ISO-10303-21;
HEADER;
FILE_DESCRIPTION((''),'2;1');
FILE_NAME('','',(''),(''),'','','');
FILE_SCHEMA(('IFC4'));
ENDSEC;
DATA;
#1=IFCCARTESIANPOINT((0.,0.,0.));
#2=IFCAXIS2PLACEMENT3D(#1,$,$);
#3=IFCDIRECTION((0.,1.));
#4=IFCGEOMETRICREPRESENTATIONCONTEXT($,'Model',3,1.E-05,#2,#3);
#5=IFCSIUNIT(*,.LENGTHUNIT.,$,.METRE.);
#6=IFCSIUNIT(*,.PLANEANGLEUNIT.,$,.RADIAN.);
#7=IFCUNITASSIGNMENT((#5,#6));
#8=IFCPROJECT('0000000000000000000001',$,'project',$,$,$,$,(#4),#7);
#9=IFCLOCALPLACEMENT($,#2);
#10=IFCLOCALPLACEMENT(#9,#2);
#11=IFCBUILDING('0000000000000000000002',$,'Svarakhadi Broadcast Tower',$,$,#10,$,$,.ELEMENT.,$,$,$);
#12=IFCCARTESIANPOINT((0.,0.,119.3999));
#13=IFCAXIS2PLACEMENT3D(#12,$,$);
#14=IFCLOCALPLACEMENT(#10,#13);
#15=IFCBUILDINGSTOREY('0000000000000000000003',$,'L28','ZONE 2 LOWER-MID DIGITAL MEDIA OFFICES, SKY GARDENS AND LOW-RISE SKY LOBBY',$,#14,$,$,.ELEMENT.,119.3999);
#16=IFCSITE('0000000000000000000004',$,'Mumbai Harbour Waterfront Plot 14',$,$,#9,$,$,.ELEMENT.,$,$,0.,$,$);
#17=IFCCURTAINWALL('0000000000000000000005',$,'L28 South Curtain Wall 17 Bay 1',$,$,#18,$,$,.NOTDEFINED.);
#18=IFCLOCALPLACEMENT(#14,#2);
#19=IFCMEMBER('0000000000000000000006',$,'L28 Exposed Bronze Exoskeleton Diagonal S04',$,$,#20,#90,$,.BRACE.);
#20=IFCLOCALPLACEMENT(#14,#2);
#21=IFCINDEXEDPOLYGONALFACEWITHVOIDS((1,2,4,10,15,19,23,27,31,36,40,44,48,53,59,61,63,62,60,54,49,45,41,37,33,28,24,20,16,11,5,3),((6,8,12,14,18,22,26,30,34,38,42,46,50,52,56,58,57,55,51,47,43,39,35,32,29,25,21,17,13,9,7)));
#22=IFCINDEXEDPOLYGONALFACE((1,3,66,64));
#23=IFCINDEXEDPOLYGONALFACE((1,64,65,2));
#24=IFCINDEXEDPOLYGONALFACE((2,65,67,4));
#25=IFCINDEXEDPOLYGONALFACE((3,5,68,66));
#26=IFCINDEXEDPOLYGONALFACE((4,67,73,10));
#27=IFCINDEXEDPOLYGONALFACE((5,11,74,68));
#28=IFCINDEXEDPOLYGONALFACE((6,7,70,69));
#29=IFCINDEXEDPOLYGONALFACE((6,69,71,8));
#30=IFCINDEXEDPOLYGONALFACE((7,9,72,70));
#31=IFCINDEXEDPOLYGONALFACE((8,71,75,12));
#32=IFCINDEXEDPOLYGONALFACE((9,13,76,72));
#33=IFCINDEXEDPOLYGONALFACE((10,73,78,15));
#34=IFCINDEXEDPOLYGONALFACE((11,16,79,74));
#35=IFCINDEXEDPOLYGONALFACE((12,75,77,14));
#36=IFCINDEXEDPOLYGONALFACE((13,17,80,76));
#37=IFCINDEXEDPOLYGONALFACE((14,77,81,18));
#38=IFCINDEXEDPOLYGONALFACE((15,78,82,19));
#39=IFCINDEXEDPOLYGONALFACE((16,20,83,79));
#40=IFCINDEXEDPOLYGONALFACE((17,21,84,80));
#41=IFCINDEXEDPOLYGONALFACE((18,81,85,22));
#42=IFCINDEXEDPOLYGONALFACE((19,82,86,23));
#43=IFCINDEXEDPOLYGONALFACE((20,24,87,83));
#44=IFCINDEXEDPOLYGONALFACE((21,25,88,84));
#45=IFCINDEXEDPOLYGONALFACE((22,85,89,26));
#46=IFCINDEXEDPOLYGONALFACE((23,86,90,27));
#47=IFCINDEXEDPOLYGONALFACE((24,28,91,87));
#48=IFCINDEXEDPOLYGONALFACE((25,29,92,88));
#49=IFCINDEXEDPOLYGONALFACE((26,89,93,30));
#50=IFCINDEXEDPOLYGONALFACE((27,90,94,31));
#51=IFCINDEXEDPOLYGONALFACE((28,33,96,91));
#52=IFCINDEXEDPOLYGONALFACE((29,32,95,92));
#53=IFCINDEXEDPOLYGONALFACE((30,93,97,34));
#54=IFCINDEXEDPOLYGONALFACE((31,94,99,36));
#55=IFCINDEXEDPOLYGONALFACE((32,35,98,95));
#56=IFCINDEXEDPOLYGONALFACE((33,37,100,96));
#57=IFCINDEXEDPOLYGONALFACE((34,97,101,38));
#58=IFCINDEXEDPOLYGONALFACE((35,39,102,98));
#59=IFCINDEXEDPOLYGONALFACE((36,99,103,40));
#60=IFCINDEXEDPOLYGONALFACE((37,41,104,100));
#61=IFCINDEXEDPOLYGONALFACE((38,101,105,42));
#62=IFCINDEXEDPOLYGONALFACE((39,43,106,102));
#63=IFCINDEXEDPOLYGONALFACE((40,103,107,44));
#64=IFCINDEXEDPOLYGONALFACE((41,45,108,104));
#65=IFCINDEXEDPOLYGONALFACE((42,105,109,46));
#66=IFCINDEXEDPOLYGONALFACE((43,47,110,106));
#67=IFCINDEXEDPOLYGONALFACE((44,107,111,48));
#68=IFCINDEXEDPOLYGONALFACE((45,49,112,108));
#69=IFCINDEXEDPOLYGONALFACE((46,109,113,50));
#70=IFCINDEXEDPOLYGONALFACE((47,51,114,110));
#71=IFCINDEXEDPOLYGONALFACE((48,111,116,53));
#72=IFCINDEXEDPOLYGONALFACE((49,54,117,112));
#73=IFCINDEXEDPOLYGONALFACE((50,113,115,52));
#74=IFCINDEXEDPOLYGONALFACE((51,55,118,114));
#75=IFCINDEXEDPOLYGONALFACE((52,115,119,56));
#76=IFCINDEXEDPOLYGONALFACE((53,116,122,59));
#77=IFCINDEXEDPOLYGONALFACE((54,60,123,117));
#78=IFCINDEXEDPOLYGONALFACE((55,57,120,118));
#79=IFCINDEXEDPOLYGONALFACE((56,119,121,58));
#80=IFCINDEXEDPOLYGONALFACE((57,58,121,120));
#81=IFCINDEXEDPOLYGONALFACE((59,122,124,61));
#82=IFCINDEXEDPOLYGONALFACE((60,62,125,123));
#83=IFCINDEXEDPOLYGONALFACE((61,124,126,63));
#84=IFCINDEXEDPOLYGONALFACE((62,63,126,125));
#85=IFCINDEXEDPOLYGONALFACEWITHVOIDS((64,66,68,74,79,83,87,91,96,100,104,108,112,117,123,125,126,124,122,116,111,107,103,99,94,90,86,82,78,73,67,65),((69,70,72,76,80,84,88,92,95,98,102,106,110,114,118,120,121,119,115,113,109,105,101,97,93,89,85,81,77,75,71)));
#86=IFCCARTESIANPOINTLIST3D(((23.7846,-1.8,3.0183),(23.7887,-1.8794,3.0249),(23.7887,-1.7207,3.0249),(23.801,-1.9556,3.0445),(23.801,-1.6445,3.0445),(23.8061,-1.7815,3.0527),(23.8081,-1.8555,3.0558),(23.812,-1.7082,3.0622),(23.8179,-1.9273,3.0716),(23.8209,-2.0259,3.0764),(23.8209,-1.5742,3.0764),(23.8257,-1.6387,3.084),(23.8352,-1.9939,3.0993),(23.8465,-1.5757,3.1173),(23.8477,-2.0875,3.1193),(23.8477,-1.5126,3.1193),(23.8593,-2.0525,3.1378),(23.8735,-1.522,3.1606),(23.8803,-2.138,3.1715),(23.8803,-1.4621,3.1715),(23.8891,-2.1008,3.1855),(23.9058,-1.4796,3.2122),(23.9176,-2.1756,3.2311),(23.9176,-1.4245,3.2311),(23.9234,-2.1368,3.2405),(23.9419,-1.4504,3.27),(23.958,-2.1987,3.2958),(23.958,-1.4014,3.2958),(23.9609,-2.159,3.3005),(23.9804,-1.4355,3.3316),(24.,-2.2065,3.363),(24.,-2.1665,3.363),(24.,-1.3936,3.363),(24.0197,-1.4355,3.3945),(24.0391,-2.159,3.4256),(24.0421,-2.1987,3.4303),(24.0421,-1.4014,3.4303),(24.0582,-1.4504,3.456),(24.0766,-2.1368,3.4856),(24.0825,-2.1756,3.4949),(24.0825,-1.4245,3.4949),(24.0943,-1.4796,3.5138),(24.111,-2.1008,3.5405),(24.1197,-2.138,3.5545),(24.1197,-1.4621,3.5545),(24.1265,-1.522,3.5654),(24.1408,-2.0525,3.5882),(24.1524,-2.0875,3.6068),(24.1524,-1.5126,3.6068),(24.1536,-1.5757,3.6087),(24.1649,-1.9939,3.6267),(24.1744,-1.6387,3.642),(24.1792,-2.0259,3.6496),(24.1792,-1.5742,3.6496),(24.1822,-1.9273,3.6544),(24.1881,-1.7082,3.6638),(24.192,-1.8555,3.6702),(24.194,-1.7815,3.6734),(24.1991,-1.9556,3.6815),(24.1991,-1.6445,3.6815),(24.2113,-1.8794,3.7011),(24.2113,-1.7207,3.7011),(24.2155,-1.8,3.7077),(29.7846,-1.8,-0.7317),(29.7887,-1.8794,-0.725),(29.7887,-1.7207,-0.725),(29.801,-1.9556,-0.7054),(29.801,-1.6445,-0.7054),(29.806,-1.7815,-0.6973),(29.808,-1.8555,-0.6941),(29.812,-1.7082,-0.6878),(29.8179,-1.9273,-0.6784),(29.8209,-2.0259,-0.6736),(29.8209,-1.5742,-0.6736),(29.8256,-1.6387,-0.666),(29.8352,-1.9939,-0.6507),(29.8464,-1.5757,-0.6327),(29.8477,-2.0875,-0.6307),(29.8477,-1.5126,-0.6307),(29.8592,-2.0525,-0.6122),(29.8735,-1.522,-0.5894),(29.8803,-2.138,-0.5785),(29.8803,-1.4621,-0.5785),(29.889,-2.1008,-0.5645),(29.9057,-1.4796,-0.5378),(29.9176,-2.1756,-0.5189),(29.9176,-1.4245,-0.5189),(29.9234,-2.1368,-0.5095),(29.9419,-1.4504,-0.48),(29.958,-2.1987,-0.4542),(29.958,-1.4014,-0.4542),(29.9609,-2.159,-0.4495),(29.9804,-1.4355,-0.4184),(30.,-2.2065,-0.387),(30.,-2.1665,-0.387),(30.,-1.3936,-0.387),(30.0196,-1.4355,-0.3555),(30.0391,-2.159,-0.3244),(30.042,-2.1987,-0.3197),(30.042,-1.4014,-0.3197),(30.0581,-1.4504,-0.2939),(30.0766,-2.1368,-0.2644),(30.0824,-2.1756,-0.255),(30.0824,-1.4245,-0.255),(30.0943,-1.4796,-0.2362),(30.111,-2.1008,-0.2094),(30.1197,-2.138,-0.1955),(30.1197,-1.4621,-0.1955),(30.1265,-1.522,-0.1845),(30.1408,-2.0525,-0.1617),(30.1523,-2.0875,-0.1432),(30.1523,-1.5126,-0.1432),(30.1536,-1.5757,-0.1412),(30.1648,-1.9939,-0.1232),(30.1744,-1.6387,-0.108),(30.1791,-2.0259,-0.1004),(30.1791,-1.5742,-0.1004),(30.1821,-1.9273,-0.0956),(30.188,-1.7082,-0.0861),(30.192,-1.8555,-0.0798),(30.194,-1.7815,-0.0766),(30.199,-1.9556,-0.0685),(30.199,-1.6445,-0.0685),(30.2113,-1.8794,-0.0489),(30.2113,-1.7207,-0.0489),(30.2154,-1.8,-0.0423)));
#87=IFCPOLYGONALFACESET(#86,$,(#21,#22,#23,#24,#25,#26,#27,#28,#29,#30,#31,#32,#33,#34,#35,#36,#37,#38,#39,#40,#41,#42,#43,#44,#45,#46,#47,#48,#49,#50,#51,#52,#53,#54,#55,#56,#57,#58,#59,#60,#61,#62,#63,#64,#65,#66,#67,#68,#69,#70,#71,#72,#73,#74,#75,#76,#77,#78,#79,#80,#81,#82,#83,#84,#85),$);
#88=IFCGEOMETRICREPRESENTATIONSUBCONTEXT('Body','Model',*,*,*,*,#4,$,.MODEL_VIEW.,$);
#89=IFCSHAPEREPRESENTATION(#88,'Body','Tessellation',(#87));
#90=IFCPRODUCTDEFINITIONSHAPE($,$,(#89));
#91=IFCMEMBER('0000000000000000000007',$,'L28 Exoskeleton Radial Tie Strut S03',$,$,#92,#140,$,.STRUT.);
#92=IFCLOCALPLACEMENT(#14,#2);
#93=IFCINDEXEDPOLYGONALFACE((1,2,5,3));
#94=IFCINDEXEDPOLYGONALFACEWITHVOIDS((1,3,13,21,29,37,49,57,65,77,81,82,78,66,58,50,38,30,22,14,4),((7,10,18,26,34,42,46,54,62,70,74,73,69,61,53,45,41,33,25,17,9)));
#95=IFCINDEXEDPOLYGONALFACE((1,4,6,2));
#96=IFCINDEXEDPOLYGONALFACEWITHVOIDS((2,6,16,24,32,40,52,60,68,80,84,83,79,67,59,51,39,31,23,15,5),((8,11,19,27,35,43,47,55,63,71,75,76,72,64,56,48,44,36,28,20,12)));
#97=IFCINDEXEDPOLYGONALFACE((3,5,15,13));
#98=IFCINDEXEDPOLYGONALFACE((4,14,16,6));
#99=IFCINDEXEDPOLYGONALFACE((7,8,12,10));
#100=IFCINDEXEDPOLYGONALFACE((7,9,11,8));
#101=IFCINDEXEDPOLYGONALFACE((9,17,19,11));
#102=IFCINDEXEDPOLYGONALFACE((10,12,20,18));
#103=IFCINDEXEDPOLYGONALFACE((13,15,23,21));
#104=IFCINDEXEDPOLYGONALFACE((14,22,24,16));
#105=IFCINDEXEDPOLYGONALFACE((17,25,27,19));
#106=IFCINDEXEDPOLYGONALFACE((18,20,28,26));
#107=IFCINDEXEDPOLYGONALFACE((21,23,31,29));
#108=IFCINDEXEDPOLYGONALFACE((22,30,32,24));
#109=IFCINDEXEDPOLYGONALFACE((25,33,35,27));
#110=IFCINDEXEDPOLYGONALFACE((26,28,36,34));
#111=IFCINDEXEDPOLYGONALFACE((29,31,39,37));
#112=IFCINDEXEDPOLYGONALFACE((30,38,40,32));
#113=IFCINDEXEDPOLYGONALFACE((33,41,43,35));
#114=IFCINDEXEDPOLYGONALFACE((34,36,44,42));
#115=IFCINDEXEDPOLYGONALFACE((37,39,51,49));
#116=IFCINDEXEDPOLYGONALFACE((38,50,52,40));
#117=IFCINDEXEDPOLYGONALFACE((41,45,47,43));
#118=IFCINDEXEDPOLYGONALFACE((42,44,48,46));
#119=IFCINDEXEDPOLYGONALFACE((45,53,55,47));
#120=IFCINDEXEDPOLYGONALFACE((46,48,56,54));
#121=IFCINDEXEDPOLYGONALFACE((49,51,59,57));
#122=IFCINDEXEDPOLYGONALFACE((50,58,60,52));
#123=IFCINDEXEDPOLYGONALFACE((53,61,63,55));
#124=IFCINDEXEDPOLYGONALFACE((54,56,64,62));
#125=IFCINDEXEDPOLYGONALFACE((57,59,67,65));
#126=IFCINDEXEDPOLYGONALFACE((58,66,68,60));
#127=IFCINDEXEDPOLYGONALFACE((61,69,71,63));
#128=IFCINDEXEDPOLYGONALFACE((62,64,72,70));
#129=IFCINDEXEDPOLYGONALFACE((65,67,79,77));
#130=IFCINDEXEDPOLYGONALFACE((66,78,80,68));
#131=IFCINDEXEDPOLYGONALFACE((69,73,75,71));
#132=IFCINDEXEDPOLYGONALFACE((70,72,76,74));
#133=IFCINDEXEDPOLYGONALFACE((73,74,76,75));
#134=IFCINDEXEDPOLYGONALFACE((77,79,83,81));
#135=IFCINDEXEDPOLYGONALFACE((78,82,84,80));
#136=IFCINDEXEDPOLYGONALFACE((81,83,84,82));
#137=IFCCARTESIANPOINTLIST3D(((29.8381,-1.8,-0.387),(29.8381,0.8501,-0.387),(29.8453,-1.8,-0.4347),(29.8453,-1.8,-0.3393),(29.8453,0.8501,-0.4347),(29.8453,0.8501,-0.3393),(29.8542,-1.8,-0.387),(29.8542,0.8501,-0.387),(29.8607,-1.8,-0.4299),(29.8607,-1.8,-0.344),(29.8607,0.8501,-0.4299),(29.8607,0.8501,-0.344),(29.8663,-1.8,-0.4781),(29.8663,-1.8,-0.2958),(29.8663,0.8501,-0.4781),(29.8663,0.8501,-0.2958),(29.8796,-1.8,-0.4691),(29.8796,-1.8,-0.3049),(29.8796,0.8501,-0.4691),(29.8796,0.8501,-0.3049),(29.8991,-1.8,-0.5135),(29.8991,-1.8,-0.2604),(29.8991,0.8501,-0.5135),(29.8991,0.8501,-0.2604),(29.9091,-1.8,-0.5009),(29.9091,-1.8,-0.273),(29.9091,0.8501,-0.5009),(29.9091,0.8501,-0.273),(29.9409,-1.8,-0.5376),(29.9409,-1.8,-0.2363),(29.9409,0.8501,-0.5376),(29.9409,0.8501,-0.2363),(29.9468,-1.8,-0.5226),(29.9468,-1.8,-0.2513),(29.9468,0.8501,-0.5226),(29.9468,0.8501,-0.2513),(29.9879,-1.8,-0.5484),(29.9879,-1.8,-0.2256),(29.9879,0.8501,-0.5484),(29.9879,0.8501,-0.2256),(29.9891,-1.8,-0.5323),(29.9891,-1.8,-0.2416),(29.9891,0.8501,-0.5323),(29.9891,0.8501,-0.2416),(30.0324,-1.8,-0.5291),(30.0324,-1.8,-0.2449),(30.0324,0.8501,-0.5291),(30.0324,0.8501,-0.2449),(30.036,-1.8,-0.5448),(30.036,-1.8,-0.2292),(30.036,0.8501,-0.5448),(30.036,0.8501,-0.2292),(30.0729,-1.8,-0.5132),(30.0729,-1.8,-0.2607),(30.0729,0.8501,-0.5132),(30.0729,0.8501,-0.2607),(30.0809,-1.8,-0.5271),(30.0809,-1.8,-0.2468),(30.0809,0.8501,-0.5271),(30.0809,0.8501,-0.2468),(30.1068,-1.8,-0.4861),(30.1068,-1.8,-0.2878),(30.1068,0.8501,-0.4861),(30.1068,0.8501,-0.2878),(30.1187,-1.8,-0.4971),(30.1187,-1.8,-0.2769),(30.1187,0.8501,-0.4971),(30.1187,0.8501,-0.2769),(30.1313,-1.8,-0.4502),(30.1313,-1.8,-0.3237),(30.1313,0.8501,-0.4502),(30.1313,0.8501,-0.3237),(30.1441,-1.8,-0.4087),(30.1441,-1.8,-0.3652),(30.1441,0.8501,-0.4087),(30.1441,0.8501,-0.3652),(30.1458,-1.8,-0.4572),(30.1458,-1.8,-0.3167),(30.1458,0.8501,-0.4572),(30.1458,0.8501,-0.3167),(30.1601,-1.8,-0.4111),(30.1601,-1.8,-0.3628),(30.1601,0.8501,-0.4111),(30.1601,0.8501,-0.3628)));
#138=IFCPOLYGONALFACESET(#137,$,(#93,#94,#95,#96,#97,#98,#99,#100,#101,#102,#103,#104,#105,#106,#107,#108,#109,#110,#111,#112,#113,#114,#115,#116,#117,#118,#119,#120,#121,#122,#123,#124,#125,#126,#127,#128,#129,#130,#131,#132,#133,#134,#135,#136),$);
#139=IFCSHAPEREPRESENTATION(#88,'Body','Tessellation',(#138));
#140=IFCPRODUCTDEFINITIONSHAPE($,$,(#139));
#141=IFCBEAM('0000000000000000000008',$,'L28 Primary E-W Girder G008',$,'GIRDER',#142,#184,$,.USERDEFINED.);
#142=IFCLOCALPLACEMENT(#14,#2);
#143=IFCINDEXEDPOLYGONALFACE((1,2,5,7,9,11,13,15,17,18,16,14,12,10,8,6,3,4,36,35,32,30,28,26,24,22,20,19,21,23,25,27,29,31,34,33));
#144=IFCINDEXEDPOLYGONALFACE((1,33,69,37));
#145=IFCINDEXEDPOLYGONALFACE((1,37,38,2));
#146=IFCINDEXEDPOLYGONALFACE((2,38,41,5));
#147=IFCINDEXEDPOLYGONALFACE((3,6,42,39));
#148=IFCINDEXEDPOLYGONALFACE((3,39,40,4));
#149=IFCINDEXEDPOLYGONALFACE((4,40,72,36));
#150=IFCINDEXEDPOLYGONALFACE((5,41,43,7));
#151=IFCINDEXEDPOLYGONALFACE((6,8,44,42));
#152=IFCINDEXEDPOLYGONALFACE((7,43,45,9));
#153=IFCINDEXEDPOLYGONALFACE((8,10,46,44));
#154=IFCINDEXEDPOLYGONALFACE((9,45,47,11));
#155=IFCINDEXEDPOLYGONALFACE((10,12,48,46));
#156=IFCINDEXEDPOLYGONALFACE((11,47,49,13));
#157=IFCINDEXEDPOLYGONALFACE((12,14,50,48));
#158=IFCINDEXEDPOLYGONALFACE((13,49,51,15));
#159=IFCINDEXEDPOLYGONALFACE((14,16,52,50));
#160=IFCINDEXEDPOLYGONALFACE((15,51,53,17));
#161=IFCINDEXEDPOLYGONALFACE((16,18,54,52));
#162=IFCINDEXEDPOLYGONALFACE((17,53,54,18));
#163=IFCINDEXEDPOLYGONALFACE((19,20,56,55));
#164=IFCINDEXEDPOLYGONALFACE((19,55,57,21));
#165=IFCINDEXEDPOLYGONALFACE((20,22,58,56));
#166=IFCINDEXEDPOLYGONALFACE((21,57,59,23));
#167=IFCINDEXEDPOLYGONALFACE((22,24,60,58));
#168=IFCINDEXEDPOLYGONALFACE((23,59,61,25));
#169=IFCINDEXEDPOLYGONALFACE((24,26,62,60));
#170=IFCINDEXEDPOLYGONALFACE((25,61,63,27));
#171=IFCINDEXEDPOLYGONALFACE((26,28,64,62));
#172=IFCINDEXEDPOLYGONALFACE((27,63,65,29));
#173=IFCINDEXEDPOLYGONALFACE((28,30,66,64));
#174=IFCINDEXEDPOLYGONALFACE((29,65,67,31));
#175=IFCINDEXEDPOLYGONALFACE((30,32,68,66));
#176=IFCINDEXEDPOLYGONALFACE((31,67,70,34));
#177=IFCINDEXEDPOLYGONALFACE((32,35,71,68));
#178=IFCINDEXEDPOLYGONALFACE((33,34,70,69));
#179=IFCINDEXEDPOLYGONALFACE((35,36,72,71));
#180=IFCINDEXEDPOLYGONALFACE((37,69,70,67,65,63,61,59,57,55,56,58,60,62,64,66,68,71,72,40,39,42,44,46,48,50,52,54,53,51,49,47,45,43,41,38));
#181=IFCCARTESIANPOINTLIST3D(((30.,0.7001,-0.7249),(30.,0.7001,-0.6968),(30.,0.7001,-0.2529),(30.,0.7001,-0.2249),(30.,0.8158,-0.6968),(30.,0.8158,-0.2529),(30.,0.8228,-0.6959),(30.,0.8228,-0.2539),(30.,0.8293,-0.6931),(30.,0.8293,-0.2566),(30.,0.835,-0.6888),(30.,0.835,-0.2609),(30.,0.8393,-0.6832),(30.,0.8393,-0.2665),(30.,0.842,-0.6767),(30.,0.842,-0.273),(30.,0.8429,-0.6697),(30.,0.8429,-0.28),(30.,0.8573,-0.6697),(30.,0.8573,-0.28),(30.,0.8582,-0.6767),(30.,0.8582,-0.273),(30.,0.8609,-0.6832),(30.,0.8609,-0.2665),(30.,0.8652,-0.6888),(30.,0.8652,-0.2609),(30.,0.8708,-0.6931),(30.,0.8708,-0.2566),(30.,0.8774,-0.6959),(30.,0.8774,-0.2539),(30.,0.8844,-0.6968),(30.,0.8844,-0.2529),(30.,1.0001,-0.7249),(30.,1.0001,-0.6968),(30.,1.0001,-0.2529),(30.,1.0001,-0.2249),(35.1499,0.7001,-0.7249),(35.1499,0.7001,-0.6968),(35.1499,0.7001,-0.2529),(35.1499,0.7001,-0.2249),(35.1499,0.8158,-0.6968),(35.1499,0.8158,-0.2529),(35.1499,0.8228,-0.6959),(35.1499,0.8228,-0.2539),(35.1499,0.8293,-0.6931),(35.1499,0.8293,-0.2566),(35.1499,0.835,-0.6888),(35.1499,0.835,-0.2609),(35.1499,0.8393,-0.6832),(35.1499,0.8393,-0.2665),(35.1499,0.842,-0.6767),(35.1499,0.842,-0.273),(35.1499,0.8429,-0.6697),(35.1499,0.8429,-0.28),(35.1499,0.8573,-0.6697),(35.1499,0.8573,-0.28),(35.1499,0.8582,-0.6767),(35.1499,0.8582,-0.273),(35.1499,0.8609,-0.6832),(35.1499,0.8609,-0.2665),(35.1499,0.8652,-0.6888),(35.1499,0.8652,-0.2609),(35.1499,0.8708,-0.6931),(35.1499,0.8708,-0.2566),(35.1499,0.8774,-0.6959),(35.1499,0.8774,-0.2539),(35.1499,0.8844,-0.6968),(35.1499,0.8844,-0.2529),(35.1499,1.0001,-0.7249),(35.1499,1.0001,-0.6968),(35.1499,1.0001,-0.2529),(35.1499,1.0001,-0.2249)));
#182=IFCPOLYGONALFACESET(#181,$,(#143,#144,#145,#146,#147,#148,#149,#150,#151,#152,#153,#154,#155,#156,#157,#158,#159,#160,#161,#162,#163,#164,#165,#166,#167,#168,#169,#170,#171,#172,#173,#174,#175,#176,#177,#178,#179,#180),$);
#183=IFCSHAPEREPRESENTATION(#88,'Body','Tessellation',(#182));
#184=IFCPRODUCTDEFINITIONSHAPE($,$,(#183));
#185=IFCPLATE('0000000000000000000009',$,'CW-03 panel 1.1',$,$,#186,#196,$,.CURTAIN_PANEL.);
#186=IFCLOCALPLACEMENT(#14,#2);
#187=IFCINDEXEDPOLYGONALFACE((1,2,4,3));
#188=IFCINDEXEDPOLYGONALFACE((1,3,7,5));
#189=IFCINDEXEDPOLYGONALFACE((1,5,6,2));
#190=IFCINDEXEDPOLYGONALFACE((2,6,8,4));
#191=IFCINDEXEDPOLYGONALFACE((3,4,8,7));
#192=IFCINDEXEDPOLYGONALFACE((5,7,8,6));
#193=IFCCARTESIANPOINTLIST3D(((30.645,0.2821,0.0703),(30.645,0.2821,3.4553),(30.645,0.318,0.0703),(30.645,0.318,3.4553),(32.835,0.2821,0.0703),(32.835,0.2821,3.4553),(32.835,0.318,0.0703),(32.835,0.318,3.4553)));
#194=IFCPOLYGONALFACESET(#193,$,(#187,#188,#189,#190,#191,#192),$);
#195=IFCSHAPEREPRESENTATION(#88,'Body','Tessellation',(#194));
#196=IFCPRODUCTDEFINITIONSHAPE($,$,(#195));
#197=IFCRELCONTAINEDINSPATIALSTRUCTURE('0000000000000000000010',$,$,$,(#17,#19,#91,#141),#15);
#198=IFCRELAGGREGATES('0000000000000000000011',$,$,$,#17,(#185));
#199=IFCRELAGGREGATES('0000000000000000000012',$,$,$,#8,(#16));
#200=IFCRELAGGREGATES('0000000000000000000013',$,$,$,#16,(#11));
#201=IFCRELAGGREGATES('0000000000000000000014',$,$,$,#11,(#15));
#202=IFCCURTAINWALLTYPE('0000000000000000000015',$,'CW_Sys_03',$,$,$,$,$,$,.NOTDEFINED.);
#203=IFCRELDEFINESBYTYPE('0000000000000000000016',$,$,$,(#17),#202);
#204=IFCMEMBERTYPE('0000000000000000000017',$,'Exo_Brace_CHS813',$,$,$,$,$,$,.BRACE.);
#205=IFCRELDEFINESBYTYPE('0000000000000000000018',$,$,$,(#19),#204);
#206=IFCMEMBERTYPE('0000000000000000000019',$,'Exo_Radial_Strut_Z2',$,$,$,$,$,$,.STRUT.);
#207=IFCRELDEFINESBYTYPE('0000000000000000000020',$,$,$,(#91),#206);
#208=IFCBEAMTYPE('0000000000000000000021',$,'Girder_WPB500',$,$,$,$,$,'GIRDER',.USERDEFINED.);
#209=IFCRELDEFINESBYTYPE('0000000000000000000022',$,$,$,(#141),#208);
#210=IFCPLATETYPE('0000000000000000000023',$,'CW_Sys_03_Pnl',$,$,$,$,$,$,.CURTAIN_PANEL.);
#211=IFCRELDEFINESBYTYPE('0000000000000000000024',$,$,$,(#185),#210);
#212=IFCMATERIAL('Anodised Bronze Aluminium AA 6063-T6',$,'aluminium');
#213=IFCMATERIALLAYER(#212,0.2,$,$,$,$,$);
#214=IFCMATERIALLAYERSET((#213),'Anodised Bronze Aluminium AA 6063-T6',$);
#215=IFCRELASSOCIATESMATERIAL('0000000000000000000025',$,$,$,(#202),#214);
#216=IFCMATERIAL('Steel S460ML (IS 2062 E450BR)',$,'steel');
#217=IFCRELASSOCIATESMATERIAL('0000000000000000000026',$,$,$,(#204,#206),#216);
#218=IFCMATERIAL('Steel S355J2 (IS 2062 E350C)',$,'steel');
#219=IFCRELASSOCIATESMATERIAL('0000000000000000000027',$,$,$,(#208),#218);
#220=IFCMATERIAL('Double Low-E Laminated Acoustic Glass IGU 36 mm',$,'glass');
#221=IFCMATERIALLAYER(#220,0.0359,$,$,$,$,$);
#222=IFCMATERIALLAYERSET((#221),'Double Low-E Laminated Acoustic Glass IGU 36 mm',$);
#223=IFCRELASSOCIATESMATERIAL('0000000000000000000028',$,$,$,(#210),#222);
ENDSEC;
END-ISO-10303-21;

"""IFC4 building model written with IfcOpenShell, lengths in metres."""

from ifc_helpers import new_model, si_unit, direction, frame, origin, origin_2d, place, context, subcontext, project, spatial, rectangle, hollow_circle, i_section, extrude, material, layer, layer_set, material_profile, profile_set, type_object, element, aggregate, save


model = new_model("IFC4")

# Units and contexts
model_context = context("Model", 3, precision=1e-05, world=origin(), true_north=direction((0.0, 1.0)))
body_context = subcontext(model_context, "Body", "Model", "MODEL_VIEW")
ifc_project = project(units=[si_unit("LENGTHUNIT", "METRE"), si_unit("PLANEANGLEUNIT", "RADIAN")], contexts=[model_context])

# Site, building, storey
site_placement = place(None, origin())
site = spatial("IfcSite", under=ifc_project, at=site_placement, Name="Mumbai Harbour Waterfront Plot 14", CompositionType="ELEMENT", RefElevation=0.0)
building_placement = place(site_placement, origin())
building = spatial("IfcBuilding", under=site, at=building_placement, Name="Svarakhadi Broadcast Tower", CompositionType="ELEMENT")
storey_placement = place(building_placement, frame((0.0, 0.0, 119.3999)))
storey = spatial("IfcBuildingStorey", under=building, at=storey_placement, Name="L28", Description="ZONE 2 LOWER-MID DIGITAL MEDIA OFFICES, SKY GARDENS AND LOW-RISE SKY LOBBY", CompositionType="ELEMENT", Elevation=119.3999)

# Curtain wall
ifc_material_1 = material(Name="Anodised Bronze Aluminium AA 6063-T6", Category="aluminium")
ifc_layer_1 = layer(ifc_material_1, 0.2)
ifc_layer_set_1 = layer_set([ifc_layer_1], Name="Anodised Bronze Aluminium AA 6063-T6")
curtain_wall_type = type_object("IfcCurtainWallType", Name="CW_Sys_03", PredefinedType="NOTDEFINED", material=ifc_layer_set_1)
curtain_wall_1_placement = place(storey_placement, origin())
curtain_wall_1 = element("IfcCurtainWall", 1, at=curtain_wall_1_placement, inside=storey, type_object=curtain_wall_type, Name="L28 South Curtain Wall 17 Bay 1", PredefinedType="NOTDEFINED")

# Members
ifc_material_2 = material(Name="Steel S460ML (IS 2062 E450BR)", Category="steel")
ifc_material_profile_1 = material_profile(ifc_material_2, hollow_circle(Radius=0.4065, WallThickness=0.04, at=origin_2d()), Name="CHS 813x40")
ifc_profile_set_1 = profile_set([ifc_material_profile_1], Name="Steel S460ML (IS 2062 E450BR)")
member_type_1 = type_object("IfcMemberType", Name="Exo_Brace_CHS813", PredefinedType="BRACE", material=ifc_profile_set_1)
member_1_placement = place(storey_placement, frame((30.0, -1.8, -0.387), z_axis=(-0.847998, 0.0, 0.529999), x_axis=(0.0, -1.0, 0.0)))
element("IfcMember", 2, at=member_1_placement, inside=storey, type_object=member_type_1, Name="L28 Exposed Bronze Exoskeleton Diagonal S04", PredefinedType="BRACE", context=body_context, shape_type="SweptSolid", body=[
    extrude(hollow_circle(Radius=0.4065, WallThickness=0.04, at=origin_2d()), origin(), (0.0, 0.0, 1.0), 7.0754),
])
ifc_material_profile_2 = material_profile(ifc_material_2, hollow_circle(Radius=0.1619, WallThickness=0.0161, at=origin_2d()), Name="CHS 323.9x16")
ifc_profile_set_2 = profile_set([ifc_material_profile_2], Name="Steel S460ML (IS 2062 E450BR)")
member_type_2 = type_object("IfcMemberType", Name="Exo_Radial_Strut_Z2", PredefinedType="STRUT", material=ifc_profile_set_2)
member_2_placement = place(storey_placement, frame((30.0, -1.8, -0.387), z_axis=(0.0, 1.0, 0.0), x_axis=(-1.0, 0.0, 0.0)))
element("IfcMember", 3, at=member_2_placement, inside=storey, type_object=member_type_2, Name="L28 Exoskeleton Radial Tie Strut S03", PredefinedType="STRUT", context=body_context, shape_type="SweptSolid", body=[
    extrude(hollow_circle(Radius=0.1619, WallThickness=0.0161, at=origin_2d()), origin(), (0.0, 0.0, 1.0), 2.6501),
])

# Beam
ifc_material_3 = material(Name="Steel S355J2 (IS 2062 E350C)", Category="steel")
ifc_material_profile_3 = material_profile(ifc_material_3, i_section(OverallWidth=0.3, OverallDepth=0.5, WebThickness=0.0144, FlangeThickness=0.0281, FilletRadius=0.0271, at=origin_2d()), Name="WPB 500x300x187")
ifc_profile_set_3 = profile_set([ifc_material_profile_3], Name="Steel S355J2 (IS 2062 E350C)")
beam_type_1 = type_object("IfcBeamType", Name="Girder_WPB500", ElementType="GIRDER", PredefinedType="USERDEFINED", material=ifc_profile_set_3)
beam_1_placement = place(storey_placement, frame((30.0, 0.8501, -0.4749), z_axis=(1.0, 0.0, 0.0), x_axis=(0.0, 1.0, 0.0)))
element("IfcBeam", 4, at=beam_1_placement, inside=storey, type_object=beam_type_1, Name="L28 Primary E-W Girder G008", ObjectType="GIRDER", PredefinedType="USERDEFINED", context=body_context, shape_type="SweptSolid", body=[
    extrude(i_section(OverallWidth=0.3, OverallDepth=0.5, WebThickness=0.0144, FlangeThickness=0.0281, FilletRadius=0.0271, at=origin_2d()), origin(), (0.0, 0.0, 1.0), 5.1499),
])

# Plate
ifc_material_4 = material(Name="Double Low-E Laminated Acoustic Glass IGU 36 mm", Category="glass")
ifc_layer_2 = layer(ifc_material_4, 0.0359)
ifc_layer_set_2 = layer_set([ifc_layer_2], Name="Double Low-E Laminated Acoustic Glass IGU 36 mm")
plate_type_1 = type_object("IfcPlateType", Name="CW_Sys_03_Pnl", PredefinedType="CURTAIN_PANEL", material=ifc_layer_set_2)
plate_1_placement = place(storey_placement, frame((31.74, 0.3, 0.0703), z_axis=(0.0, 0.0, 1.0), x_axis=(-1.0, 0.0, 0.0)))
plate_1 = element("IfcPlate", 5, at=plate_1_placement, type_object=plate_type_1, Name="CW-03 panel 1.1", PredefinedType="CURTAIN_PANEL", context=body_context, shape_type="SweptSolid", body=[
    extrude(rectangle(XDim=2.1899, YDim=0.0359, at=origin_2d()), origin(), (0.0, 0.0, 1.0), 3.385),
])
aggregate(curtain_wall_1, [plate_1])

save(model, "model.ifc")
